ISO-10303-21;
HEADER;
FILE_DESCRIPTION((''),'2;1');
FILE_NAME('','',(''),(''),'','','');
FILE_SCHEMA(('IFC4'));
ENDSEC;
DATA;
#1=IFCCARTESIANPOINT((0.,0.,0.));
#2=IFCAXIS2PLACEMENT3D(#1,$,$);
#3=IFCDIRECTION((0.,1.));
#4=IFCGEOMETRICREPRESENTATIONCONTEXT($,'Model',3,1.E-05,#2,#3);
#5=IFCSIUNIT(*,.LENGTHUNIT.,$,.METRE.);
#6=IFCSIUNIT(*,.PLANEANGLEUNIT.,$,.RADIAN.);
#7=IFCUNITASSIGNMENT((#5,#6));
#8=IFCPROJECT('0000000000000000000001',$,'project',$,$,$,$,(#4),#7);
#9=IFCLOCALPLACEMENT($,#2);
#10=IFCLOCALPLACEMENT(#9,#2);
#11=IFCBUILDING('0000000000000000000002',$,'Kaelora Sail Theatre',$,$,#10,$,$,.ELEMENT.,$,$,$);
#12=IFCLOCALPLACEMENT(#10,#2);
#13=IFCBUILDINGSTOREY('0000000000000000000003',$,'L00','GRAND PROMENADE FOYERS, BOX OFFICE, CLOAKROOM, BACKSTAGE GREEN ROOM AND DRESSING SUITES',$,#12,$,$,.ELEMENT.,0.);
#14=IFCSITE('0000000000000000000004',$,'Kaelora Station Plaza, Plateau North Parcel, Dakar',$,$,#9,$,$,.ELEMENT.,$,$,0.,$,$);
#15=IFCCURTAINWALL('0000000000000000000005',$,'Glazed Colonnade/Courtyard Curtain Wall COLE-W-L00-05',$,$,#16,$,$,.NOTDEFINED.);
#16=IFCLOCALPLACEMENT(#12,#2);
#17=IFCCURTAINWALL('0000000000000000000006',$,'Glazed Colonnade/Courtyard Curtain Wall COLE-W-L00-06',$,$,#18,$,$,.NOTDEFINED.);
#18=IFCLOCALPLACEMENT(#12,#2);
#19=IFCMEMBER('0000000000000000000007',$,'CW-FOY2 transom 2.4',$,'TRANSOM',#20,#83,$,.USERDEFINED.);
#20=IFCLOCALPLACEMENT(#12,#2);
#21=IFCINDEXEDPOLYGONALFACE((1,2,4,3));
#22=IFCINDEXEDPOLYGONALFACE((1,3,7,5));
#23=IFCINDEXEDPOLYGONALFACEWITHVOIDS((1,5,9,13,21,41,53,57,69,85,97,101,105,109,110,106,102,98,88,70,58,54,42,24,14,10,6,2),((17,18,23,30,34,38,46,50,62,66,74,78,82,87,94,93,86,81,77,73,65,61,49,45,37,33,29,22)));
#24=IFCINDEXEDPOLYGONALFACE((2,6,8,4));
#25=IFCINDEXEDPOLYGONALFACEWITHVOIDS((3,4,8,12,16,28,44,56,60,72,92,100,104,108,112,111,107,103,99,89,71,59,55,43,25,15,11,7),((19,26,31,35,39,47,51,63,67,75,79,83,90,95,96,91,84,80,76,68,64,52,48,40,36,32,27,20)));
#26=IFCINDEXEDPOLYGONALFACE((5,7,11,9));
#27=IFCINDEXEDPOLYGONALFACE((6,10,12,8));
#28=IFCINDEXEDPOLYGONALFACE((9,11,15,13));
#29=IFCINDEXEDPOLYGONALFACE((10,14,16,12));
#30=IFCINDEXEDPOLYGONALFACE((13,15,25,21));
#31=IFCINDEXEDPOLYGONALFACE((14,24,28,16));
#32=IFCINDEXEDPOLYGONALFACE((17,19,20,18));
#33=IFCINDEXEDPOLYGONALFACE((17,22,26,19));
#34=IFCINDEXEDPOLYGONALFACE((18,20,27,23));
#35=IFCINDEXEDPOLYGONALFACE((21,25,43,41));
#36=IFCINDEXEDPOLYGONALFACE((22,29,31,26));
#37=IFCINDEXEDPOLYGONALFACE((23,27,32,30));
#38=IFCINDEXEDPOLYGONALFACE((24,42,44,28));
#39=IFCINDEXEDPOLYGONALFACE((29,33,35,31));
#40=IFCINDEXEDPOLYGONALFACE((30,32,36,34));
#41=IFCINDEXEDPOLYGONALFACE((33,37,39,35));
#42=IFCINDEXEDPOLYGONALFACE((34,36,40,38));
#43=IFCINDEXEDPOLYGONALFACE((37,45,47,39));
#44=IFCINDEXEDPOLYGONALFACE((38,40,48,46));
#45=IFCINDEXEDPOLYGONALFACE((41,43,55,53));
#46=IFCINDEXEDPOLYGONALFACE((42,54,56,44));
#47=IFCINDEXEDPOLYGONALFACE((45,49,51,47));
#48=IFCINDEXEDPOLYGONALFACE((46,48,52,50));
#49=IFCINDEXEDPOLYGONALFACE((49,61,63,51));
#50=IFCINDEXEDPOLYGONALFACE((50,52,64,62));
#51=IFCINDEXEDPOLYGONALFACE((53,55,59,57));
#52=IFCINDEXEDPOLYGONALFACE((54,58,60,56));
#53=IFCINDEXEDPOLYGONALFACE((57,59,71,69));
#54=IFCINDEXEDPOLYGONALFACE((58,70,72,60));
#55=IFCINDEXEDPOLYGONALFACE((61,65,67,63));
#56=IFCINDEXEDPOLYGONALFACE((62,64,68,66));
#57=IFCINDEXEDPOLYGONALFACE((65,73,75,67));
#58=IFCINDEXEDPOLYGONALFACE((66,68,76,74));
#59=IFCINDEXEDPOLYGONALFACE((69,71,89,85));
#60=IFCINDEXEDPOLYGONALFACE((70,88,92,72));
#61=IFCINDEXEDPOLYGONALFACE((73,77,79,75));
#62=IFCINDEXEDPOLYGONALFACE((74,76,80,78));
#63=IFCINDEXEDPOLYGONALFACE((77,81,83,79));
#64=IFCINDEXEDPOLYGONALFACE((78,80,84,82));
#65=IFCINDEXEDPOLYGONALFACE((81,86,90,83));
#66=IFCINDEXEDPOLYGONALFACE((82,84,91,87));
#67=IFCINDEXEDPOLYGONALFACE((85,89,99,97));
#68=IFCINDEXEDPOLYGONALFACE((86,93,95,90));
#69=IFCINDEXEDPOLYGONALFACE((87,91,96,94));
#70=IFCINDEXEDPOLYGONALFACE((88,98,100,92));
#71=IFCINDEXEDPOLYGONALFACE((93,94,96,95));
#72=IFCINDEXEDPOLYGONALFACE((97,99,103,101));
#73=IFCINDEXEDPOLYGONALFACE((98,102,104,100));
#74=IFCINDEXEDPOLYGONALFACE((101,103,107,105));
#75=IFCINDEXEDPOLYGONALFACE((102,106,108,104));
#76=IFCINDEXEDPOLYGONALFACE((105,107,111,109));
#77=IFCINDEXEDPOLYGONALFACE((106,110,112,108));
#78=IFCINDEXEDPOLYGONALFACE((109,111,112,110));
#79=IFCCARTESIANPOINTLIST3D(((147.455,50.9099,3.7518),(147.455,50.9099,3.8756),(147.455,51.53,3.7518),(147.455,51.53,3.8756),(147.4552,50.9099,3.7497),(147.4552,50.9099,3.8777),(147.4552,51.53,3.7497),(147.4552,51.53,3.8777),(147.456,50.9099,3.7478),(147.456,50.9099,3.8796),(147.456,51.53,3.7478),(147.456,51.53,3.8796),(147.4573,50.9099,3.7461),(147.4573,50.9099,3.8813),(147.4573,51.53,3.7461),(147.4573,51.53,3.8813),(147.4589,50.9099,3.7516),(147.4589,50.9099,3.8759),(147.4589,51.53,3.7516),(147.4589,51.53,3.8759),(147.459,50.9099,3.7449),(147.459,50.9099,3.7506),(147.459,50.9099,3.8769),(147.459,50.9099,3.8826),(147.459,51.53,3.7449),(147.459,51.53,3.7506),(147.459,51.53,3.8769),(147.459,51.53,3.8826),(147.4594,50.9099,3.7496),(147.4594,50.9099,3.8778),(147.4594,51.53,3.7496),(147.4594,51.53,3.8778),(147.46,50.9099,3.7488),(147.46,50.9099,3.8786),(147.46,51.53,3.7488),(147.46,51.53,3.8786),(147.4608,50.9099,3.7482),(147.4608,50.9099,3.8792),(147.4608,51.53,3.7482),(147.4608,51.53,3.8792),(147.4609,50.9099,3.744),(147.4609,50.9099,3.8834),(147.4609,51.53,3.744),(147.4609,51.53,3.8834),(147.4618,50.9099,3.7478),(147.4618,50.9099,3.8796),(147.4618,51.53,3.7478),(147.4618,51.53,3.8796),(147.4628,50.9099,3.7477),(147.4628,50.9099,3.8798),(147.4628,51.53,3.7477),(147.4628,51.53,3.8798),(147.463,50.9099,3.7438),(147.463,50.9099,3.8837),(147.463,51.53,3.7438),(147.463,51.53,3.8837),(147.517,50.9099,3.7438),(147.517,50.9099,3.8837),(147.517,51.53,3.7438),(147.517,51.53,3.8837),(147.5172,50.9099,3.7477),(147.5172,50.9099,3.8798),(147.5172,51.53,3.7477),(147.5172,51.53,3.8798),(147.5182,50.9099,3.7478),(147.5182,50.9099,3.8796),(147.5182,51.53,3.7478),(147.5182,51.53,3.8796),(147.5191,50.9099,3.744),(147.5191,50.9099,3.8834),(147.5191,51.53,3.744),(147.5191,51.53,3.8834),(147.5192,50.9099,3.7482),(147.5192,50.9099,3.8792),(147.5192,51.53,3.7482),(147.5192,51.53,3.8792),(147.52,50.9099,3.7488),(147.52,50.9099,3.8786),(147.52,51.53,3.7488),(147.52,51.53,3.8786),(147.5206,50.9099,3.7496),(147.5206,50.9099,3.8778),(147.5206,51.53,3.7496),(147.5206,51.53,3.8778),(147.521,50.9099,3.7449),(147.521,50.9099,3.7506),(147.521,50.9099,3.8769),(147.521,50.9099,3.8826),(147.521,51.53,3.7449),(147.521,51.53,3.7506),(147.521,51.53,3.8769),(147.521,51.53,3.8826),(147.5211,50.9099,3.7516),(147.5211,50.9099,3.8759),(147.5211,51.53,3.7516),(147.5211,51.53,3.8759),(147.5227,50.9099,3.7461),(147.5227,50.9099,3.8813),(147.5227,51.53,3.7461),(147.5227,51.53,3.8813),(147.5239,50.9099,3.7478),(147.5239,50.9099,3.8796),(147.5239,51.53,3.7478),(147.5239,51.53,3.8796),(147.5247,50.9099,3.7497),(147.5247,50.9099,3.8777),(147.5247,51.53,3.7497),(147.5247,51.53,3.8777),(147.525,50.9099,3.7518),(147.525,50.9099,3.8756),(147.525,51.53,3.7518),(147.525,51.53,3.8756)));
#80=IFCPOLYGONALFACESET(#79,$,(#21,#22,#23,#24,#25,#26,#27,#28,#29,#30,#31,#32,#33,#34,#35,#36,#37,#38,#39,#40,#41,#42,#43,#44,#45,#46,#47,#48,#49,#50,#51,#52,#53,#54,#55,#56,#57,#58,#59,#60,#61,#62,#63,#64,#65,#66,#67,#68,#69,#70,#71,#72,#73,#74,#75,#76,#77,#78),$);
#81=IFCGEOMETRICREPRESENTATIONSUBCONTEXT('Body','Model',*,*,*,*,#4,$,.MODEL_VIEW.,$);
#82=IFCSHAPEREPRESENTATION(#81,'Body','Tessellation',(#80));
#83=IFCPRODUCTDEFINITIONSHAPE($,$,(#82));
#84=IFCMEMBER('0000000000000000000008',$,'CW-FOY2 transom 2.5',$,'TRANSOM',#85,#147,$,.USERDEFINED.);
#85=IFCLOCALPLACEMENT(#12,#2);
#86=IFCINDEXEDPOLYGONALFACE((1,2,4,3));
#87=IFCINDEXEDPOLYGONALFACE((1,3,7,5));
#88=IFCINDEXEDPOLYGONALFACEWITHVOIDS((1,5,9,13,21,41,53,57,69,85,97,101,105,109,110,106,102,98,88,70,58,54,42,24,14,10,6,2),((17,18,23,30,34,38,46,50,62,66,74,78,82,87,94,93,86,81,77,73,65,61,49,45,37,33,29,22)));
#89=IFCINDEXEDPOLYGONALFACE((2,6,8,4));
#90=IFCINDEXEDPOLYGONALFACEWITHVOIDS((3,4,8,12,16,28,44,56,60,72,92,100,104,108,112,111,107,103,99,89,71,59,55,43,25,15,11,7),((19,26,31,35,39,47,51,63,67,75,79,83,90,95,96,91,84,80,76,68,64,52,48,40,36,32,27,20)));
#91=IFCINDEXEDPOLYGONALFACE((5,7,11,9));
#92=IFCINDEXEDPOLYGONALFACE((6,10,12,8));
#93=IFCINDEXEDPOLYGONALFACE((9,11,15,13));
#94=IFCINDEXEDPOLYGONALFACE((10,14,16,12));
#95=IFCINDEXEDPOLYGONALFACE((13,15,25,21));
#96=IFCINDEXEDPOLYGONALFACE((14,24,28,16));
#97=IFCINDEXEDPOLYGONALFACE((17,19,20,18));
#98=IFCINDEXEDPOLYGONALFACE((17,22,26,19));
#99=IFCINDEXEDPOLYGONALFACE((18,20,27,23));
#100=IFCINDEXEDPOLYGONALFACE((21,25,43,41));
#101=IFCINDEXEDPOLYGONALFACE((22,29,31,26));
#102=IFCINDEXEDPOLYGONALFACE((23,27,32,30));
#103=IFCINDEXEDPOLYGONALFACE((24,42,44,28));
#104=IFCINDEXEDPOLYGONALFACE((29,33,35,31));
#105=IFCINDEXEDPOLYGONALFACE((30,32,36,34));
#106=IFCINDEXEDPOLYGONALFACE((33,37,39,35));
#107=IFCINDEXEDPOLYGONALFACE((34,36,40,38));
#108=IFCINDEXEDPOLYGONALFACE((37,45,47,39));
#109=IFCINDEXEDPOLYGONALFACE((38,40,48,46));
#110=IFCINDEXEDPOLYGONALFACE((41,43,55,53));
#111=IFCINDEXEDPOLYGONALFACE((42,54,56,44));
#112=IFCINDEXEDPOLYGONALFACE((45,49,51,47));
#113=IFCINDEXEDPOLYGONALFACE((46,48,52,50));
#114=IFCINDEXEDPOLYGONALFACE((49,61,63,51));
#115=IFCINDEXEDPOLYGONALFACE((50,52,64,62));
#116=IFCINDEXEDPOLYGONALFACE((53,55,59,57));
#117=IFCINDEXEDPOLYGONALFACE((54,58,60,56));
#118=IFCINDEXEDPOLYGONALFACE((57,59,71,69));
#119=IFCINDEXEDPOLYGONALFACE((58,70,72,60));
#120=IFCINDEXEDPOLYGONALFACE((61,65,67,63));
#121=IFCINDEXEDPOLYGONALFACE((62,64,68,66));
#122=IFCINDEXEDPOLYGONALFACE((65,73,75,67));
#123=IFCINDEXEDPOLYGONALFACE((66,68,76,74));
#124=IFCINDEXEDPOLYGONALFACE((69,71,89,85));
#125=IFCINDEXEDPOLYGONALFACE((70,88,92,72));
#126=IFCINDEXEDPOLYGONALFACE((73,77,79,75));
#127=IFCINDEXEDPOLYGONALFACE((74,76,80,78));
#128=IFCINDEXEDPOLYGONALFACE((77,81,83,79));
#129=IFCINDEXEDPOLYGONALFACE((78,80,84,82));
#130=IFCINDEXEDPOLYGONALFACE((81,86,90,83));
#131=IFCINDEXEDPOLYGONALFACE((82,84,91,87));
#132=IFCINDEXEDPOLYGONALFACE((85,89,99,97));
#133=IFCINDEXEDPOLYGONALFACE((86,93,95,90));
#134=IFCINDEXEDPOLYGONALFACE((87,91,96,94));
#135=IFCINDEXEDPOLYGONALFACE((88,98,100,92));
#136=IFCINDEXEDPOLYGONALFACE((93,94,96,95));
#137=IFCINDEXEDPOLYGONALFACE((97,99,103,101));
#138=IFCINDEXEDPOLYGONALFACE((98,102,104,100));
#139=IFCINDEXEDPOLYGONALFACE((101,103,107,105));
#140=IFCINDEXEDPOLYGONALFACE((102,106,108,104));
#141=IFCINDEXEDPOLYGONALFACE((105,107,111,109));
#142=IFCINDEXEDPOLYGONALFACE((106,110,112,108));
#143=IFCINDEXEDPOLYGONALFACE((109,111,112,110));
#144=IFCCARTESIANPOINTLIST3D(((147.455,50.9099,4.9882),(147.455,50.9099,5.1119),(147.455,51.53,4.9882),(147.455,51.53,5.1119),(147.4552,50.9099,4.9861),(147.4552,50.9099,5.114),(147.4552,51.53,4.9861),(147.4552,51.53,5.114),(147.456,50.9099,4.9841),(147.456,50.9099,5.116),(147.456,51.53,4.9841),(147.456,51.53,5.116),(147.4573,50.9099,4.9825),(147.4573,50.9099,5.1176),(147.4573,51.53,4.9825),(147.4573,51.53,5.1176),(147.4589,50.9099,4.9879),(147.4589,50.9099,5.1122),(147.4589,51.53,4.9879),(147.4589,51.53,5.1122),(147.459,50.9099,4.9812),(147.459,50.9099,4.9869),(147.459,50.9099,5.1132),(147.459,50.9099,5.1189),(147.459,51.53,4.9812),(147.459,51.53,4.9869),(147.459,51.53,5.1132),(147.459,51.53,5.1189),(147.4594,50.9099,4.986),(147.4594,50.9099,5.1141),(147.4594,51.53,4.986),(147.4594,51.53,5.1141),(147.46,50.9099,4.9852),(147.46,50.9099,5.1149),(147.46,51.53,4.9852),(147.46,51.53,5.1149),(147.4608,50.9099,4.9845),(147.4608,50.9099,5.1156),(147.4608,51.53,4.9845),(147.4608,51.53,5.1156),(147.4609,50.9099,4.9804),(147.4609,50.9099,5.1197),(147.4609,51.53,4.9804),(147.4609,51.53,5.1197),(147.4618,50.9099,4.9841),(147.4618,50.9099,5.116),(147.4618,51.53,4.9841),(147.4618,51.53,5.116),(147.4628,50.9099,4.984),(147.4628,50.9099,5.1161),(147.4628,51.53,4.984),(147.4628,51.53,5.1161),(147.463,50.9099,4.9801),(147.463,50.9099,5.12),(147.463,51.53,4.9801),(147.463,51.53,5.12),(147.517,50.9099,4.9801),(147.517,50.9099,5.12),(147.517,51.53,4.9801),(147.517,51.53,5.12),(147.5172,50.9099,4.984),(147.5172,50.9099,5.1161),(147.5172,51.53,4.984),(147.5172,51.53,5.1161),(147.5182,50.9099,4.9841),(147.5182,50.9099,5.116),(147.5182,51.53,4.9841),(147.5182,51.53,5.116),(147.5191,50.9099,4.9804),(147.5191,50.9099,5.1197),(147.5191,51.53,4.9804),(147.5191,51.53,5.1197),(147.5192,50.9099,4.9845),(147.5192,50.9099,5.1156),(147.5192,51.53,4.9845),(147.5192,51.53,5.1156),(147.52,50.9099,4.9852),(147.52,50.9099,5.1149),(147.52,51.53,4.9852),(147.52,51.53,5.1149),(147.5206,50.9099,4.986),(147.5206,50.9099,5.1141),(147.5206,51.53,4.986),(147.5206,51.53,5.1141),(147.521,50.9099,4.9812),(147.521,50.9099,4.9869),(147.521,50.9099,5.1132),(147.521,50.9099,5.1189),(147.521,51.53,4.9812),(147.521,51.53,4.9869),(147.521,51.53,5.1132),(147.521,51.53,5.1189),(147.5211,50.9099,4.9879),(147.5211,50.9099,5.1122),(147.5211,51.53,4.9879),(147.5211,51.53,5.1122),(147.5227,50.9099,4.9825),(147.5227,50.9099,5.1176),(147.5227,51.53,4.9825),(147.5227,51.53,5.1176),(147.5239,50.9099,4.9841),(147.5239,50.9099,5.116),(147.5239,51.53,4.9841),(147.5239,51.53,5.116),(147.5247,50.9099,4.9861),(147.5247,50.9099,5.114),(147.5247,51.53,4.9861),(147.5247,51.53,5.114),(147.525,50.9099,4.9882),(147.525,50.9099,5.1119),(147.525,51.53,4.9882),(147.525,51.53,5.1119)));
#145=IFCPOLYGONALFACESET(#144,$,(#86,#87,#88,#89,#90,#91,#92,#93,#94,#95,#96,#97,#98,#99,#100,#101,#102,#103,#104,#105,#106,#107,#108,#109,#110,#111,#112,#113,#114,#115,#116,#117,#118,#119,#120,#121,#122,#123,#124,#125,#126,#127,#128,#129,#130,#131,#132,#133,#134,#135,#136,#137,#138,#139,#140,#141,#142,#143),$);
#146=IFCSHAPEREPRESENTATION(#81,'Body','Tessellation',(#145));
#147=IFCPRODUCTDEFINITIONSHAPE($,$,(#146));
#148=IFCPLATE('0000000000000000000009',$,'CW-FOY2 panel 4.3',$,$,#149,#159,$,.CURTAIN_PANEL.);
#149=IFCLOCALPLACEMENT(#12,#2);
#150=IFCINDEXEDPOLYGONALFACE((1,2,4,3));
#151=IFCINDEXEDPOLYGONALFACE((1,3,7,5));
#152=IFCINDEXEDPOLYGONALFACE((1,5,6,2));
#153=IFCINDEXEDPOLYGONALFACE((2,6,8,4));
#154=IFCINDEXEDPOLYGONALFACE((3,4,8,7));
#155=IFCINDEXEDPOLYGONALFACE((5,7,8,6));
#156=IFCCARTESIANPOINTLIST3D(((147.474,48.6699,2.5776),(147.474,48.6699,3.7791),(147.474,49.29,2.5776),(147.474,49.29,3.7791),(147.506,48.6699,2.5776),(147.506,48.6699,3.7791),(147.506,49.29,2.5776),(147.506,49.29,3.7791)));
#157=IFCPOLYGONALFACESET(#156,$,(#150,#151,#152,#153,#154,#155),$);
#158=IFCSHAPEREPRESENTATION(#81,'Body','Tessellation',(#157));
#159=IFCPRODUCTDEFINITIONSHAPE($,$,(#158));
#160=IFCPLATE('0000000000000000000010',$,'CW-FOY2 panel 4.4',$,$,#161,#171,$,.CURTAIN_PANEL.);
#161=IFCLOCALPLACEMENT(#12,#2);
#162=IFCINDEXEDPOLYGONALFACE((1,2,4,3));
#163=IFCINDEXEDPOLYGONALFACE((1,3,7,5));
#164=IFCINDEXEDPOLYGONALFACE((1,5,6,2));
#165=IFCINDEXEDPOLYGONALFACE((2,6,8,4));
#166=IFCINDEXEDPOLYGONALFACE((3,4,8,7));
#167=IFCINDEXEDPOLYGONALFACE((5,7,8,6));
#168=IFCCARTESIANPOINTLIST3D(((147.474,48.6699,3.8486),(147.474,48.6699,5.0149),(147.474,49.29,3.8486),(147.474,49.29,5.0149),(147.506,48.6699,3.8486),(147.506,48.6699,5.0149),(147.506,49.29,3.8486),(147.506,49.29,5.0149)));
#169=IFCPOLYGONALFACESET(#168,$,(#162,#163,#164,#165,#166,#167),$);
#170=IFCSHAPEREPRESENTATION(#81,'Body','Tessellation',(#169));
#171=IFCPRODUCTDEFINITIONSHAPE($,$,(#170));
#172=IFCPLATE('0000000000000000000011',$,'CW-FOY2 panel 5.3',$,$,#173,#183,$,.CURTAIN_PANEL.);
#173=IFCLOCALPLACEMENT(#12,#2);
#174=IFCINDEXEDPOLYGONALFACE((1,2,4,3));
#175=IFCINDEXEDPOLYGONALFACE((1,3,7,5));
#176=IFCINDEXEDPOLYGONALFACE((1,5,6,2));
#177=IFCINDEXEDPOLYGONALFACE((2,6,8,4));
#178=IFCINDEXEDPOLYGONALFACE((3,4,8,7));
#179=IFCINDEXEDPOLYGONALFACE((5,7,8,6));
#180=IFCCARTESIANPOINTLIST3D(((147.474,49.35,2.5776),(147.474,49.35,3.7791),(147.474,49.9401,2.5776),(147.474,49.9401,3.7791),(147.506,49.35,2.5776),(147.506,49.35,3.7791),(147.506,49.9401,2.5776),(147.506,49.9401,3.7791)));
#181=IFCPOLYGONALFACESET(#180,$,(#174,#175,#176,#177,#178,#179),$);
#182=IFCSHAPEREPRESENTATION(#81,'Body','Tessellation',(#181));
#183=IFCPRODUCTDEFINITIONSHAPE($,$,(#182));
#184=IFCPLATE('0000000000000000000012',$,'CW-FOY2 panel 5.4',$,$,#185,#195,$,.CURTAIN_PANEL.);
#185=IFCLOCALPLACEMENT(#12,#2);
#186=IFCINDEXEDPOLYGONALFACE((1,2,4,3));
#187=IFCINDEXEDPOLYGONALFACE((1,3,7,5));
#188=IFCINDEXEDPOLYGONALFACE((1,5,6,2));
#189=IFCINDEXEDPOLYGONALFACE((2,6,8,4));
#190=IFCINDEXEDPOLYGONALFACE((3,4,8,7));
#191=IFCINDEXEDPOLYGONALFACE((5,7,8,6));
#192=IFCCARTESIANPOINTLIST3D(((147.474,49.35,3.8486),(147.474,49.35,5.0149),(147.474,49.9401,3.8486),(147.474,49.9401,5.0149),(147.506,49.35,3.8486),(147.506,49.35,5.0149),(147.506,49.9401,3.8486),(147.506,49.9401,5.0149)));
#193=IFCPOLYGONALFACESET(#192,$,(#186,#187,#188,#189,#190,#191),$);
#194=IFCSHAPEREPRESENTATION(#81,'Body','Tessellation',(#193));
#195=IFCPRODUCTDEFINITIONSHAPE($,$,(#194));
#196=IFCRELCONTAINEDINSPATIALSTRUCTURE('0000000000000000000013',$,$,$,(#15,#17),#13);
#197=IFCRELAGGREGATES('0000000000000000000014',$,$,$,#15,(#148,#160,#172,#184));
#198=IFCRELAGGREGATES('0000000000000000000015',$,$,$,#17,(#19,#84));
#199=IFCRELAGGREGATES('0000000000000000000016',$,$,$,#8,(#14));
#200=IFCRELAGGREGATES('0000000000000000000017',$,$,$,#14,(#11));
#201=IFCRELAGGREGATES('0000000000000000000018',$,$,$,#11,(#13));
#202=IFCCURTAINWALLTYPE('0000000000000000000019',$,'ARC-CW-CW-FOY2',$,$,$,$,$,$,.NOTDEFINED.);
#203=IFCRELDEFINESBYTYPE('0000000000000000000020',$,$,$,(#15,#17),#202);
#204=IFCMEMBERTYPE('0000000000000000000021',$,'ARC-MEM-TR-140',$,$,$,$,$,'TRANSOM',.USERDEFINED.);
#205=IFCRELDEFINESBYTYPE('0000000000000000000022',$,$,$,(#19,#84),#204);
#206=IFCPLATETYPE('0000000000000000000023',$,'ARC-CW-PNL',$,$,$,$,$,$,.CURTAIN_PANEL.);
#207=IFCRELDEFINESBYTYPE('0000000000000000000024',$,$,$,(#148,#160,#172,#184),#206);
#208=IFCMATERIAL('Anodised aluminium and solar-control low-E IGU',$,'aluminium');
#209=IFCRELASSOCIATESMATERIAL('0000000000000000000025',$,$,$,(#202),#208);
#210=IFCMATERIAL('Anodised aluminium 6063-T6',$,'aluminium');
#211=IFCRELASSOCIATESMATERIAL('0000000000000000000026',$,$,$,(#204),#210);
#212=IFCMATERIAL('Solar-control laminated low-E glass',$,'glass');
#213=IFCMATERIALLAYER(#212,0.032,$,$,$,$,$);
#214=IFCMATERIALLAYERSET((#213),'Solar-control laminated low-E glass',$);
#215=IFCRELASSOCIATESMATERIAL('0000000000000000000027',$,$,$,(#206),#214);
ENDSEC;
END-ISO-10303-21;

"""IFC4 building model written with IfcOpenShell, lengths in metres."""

from ifc_helpers import new_model, si_unit, direction, frame, origin, origin_2d, place, context, subcontext, project, spatial, rectangle, hollow_rectangle, extrude, material, layer, layer_set, material_profile, profile_set, type_object, element, aggregate, save


model = new_model("IFC4")

# Units and contexts
model_context = context("Model", 3, precision=1e-05, world=origin(), true_north=direction((0.0, 1.0)))
body_context = subcontext(model_context, "Body", "Model", "MODEL_VIEW")
ifc_project = project(units=[si_unit("LENGTHUNIT", "METRE"), si_unit("PLANEANGLEUNIT", "RADIAN")], contexts=[model_context])

# Site, building, storey
site_placement = place(None, origin())
site = spatial("IfcSite", under=ifc_project, at=site_placement, Name="Kaelora Station Plaza, Plateau North Parcel, Dakar", CompositionType="ELEMENT", RefElevation=0.0)
building_placement = place(site_placement, origin())
building = spatial("IfcBuilding", under=site, at=building_placement, Name="Kaelora Sail Theatre", CompositionType="ELEMENT")
storey_placement = place(building_placement, origin())
storey = spatial("IfcBuildingStorey", under=building, at=storey_placement, Name="L00", Description="GRAND PROMENADE FOYERS, BOX OFFICE, CLOAKROOM, BACKSTAGE GREEN ROOM AND DRESSING SUITES", CompositionType="ELEMENT", Elevation=0.0)

# Curtain walls, members
ifc_material_1 = material(Name="Anodised aluminium and solar-control low-E IGU", Category="aluminium")
curtain_wall_type = type_object("IfcCurtainWallType", Name="ARC-CW-CW-FOY2", PredefinedType="NOTDEFINED", material=ifc_material_1)
curtain_wall_1_placement = place(storey_placement, origin())
curtain_wall_1 = element("IfcCurtainWall", 1, at=curtain_wall_1_placement, inside=storey, type_object=curtain_wall_type, Name="Glazed Colonnade/Courtyard Curtain Wall COLE-W-L00-05", PredefinedType="NOTDEFINED")
ifc_material_2 = material(Name="Anodised aluminium 6063-T6", Category="aluminium")
ifc_material_profile = material_profile(ifc_material_2, hollow_rectangle(XDim=0.0701, YDim=0.1399, WallThickness=0.0039, InnerFilletRadius=0.0039, OuterFilletRadius=0.0081, at=origin_2d()), Name="ALU-TRAN 70x140x4")
ifc_profile_set = profile_set([ifc_material_profile], Name="Anodised aluminium 6063-T6")
member_type = type_object("IfcMemberType", Name="ARC-MEM-TR-140", ElementType="TRANSOM", PredefinedType="USERDEFINED", material=ifc_profile_set)
curtain_wall_2_placement = place(storey_placement, origin())
curtain_wall_2 = element("IfcCurtainWall", 2, at=curtain_wall_2_placement, inside=storey, type_object=curtain_wall_type, Name="Glazed Colonnade/Courtyard Curtain Wall COLE-W-L00-06", PredefinedType="NOTDEFINED")
member_1_placement = place(storey_placement, frame((147.49, 50.9099, 3.8137), z_axis=(0.0, 1.0, 0.0), x_axis=(-1.0, 0.0, 0.0)))
member_1 = element("IfcMember", 3, at=member_1_placement, type_object=member_type, Name="CW-FOY2 transom 2.4", ObjectType="TRANSOM", PredefinedType="USERDEFINED", context=body_context, shape_type="SweptSolid", body=[
    extrude(hollow_rectangle(XDim=0.0701, YDim=0.1399, WallThickness=0.0039, InnerFilletRadius=0.0039, OuterFilletRadius=0.0081, at=origin_2d()), origin(), (0.0, 0.0, 1.0), 0.6201),
])
member_2_placement = place(storey_placement, frame((147.49, 50.9099, 5.05), z_axis=(0.0, 1.0, 0.0), x_axis=(-1.0, 0.0, 0.0)))
member_2 = element("IfcMember", 4, at=member_2_placement, type_object=member_type, Name="CW-FOY2 transom 2.5", ObjectType="TRANSOM", PredefinedType="USERDEFINED", context=body_context, shape_type="SweptSolid", body=[
    extrude(hollow_rectangle(XDim=0.0701, YDim=0.1399, WallThickness=0.0039, InnerFilletRadius=0.0039, OuterFilletRadius=0.0081, at=origin_2d()), origin(), (0.0, 0.0, 1.0), 0.6201),
])

# Plates
ifc_material_3 = material(Name="Solar-control laminated low-E glass", Category="glass")
ifc_layer = layer(ifc_material_3, 0.032)
ifc_layer_set = layer_set([ifc_layer], Name="Solar-control laminated low-E glass")
plate_type = type_object("IfcPlateType", Name="ARC-CW-PNL", PredefinedType="CURTAIN_PANEL", material=ifc_layer_set)
plate_1_placement = place(storey_placement, frame((147.49, 48.98, 2.5776), z_axis=(0.0, 0.0, 1.0), x_axis=(0.0, 1.0, 0.0)))
plate_1 = element("IfcPlate", 5, at=plate_1_placement, type_object=plate_type, Name="CW-FOY2 panel 4.3", PredefinedType="CURTAIN_PANEL", context=body_context, shape_type="SweptSolid", body=[
    extrude(rectangle(XDim=0.6201, YDim=0.032, at=origin_2d()), origin(), (0.0, 0.0, 1.0), 1.2014),
])
plate_2_placement = place(storey_placement, frame((147.49, 48.98, 3.8486), z_axis=(0.0, 0.0, 1.0), x_axis=(0.0, 1.0, 0.0)))
plate_2 = element("IfcPlate", 6, at=plate_2_placement, type_object=plate_type, Name="CW-FOY2 panel 4.4", PredefinedType="CURTAIN_PANEL", context=body_context, shape_type="SweptSolid", body=[
    extrude(rectangle(XDim=0.6201, YDim=0.032, at=origin_2d()), origin(), (0.0, 0.0, 1.0), 1.1663),
])
plate_3_placement = place(storey_placement, frame((147.49, 49.645, 2.5776), z_axis=(0.0, 0.0, 1.0), x_axis=(0.0, 1.0, 0.0)))
plate_3 = element("IfcPlate", 7, at=plate_3_placement, type_object=plate_type, Name="CW-FOY2 panel 5.3", PredefinedType="CURTAIN_PANEL", context=body_context, shape_type="SweptSolid", body=[
    extrude(rectangle(XDim=0.5901, YDim=0.032, at=origin_2d()), origin(), (0.0, 0.0, 1.0), 1.2014),
])
plate_4_placement = place(storey_placement, frame((147.49, 49.645, 3.8486), z_axis=(0.0, 0.0, 1.0), x_axis=(0.0, 1.0, 0.0)))
plate_4 = element("IfcPlate", 8, at=plate_4_placement, type_object=plate_type, Name="CW-FOY2 panel 5.4", PredefinedType="CURTAIN_PANEL", context=body_context, shape_type="SweptSolid", body=[
    extrude(rectangle(XDim=0.5901, YDim=0.032, at=origin_2d()), origin(), (0.0, 0.0, 1.0), 1.1663),
])
aggregate(curtain_wall_1, [plate_1, plate_2, plate_3, plate_4])
aggregate(curtain_wall_2, [member_1, member_2])

save(model, "model.ifc")
